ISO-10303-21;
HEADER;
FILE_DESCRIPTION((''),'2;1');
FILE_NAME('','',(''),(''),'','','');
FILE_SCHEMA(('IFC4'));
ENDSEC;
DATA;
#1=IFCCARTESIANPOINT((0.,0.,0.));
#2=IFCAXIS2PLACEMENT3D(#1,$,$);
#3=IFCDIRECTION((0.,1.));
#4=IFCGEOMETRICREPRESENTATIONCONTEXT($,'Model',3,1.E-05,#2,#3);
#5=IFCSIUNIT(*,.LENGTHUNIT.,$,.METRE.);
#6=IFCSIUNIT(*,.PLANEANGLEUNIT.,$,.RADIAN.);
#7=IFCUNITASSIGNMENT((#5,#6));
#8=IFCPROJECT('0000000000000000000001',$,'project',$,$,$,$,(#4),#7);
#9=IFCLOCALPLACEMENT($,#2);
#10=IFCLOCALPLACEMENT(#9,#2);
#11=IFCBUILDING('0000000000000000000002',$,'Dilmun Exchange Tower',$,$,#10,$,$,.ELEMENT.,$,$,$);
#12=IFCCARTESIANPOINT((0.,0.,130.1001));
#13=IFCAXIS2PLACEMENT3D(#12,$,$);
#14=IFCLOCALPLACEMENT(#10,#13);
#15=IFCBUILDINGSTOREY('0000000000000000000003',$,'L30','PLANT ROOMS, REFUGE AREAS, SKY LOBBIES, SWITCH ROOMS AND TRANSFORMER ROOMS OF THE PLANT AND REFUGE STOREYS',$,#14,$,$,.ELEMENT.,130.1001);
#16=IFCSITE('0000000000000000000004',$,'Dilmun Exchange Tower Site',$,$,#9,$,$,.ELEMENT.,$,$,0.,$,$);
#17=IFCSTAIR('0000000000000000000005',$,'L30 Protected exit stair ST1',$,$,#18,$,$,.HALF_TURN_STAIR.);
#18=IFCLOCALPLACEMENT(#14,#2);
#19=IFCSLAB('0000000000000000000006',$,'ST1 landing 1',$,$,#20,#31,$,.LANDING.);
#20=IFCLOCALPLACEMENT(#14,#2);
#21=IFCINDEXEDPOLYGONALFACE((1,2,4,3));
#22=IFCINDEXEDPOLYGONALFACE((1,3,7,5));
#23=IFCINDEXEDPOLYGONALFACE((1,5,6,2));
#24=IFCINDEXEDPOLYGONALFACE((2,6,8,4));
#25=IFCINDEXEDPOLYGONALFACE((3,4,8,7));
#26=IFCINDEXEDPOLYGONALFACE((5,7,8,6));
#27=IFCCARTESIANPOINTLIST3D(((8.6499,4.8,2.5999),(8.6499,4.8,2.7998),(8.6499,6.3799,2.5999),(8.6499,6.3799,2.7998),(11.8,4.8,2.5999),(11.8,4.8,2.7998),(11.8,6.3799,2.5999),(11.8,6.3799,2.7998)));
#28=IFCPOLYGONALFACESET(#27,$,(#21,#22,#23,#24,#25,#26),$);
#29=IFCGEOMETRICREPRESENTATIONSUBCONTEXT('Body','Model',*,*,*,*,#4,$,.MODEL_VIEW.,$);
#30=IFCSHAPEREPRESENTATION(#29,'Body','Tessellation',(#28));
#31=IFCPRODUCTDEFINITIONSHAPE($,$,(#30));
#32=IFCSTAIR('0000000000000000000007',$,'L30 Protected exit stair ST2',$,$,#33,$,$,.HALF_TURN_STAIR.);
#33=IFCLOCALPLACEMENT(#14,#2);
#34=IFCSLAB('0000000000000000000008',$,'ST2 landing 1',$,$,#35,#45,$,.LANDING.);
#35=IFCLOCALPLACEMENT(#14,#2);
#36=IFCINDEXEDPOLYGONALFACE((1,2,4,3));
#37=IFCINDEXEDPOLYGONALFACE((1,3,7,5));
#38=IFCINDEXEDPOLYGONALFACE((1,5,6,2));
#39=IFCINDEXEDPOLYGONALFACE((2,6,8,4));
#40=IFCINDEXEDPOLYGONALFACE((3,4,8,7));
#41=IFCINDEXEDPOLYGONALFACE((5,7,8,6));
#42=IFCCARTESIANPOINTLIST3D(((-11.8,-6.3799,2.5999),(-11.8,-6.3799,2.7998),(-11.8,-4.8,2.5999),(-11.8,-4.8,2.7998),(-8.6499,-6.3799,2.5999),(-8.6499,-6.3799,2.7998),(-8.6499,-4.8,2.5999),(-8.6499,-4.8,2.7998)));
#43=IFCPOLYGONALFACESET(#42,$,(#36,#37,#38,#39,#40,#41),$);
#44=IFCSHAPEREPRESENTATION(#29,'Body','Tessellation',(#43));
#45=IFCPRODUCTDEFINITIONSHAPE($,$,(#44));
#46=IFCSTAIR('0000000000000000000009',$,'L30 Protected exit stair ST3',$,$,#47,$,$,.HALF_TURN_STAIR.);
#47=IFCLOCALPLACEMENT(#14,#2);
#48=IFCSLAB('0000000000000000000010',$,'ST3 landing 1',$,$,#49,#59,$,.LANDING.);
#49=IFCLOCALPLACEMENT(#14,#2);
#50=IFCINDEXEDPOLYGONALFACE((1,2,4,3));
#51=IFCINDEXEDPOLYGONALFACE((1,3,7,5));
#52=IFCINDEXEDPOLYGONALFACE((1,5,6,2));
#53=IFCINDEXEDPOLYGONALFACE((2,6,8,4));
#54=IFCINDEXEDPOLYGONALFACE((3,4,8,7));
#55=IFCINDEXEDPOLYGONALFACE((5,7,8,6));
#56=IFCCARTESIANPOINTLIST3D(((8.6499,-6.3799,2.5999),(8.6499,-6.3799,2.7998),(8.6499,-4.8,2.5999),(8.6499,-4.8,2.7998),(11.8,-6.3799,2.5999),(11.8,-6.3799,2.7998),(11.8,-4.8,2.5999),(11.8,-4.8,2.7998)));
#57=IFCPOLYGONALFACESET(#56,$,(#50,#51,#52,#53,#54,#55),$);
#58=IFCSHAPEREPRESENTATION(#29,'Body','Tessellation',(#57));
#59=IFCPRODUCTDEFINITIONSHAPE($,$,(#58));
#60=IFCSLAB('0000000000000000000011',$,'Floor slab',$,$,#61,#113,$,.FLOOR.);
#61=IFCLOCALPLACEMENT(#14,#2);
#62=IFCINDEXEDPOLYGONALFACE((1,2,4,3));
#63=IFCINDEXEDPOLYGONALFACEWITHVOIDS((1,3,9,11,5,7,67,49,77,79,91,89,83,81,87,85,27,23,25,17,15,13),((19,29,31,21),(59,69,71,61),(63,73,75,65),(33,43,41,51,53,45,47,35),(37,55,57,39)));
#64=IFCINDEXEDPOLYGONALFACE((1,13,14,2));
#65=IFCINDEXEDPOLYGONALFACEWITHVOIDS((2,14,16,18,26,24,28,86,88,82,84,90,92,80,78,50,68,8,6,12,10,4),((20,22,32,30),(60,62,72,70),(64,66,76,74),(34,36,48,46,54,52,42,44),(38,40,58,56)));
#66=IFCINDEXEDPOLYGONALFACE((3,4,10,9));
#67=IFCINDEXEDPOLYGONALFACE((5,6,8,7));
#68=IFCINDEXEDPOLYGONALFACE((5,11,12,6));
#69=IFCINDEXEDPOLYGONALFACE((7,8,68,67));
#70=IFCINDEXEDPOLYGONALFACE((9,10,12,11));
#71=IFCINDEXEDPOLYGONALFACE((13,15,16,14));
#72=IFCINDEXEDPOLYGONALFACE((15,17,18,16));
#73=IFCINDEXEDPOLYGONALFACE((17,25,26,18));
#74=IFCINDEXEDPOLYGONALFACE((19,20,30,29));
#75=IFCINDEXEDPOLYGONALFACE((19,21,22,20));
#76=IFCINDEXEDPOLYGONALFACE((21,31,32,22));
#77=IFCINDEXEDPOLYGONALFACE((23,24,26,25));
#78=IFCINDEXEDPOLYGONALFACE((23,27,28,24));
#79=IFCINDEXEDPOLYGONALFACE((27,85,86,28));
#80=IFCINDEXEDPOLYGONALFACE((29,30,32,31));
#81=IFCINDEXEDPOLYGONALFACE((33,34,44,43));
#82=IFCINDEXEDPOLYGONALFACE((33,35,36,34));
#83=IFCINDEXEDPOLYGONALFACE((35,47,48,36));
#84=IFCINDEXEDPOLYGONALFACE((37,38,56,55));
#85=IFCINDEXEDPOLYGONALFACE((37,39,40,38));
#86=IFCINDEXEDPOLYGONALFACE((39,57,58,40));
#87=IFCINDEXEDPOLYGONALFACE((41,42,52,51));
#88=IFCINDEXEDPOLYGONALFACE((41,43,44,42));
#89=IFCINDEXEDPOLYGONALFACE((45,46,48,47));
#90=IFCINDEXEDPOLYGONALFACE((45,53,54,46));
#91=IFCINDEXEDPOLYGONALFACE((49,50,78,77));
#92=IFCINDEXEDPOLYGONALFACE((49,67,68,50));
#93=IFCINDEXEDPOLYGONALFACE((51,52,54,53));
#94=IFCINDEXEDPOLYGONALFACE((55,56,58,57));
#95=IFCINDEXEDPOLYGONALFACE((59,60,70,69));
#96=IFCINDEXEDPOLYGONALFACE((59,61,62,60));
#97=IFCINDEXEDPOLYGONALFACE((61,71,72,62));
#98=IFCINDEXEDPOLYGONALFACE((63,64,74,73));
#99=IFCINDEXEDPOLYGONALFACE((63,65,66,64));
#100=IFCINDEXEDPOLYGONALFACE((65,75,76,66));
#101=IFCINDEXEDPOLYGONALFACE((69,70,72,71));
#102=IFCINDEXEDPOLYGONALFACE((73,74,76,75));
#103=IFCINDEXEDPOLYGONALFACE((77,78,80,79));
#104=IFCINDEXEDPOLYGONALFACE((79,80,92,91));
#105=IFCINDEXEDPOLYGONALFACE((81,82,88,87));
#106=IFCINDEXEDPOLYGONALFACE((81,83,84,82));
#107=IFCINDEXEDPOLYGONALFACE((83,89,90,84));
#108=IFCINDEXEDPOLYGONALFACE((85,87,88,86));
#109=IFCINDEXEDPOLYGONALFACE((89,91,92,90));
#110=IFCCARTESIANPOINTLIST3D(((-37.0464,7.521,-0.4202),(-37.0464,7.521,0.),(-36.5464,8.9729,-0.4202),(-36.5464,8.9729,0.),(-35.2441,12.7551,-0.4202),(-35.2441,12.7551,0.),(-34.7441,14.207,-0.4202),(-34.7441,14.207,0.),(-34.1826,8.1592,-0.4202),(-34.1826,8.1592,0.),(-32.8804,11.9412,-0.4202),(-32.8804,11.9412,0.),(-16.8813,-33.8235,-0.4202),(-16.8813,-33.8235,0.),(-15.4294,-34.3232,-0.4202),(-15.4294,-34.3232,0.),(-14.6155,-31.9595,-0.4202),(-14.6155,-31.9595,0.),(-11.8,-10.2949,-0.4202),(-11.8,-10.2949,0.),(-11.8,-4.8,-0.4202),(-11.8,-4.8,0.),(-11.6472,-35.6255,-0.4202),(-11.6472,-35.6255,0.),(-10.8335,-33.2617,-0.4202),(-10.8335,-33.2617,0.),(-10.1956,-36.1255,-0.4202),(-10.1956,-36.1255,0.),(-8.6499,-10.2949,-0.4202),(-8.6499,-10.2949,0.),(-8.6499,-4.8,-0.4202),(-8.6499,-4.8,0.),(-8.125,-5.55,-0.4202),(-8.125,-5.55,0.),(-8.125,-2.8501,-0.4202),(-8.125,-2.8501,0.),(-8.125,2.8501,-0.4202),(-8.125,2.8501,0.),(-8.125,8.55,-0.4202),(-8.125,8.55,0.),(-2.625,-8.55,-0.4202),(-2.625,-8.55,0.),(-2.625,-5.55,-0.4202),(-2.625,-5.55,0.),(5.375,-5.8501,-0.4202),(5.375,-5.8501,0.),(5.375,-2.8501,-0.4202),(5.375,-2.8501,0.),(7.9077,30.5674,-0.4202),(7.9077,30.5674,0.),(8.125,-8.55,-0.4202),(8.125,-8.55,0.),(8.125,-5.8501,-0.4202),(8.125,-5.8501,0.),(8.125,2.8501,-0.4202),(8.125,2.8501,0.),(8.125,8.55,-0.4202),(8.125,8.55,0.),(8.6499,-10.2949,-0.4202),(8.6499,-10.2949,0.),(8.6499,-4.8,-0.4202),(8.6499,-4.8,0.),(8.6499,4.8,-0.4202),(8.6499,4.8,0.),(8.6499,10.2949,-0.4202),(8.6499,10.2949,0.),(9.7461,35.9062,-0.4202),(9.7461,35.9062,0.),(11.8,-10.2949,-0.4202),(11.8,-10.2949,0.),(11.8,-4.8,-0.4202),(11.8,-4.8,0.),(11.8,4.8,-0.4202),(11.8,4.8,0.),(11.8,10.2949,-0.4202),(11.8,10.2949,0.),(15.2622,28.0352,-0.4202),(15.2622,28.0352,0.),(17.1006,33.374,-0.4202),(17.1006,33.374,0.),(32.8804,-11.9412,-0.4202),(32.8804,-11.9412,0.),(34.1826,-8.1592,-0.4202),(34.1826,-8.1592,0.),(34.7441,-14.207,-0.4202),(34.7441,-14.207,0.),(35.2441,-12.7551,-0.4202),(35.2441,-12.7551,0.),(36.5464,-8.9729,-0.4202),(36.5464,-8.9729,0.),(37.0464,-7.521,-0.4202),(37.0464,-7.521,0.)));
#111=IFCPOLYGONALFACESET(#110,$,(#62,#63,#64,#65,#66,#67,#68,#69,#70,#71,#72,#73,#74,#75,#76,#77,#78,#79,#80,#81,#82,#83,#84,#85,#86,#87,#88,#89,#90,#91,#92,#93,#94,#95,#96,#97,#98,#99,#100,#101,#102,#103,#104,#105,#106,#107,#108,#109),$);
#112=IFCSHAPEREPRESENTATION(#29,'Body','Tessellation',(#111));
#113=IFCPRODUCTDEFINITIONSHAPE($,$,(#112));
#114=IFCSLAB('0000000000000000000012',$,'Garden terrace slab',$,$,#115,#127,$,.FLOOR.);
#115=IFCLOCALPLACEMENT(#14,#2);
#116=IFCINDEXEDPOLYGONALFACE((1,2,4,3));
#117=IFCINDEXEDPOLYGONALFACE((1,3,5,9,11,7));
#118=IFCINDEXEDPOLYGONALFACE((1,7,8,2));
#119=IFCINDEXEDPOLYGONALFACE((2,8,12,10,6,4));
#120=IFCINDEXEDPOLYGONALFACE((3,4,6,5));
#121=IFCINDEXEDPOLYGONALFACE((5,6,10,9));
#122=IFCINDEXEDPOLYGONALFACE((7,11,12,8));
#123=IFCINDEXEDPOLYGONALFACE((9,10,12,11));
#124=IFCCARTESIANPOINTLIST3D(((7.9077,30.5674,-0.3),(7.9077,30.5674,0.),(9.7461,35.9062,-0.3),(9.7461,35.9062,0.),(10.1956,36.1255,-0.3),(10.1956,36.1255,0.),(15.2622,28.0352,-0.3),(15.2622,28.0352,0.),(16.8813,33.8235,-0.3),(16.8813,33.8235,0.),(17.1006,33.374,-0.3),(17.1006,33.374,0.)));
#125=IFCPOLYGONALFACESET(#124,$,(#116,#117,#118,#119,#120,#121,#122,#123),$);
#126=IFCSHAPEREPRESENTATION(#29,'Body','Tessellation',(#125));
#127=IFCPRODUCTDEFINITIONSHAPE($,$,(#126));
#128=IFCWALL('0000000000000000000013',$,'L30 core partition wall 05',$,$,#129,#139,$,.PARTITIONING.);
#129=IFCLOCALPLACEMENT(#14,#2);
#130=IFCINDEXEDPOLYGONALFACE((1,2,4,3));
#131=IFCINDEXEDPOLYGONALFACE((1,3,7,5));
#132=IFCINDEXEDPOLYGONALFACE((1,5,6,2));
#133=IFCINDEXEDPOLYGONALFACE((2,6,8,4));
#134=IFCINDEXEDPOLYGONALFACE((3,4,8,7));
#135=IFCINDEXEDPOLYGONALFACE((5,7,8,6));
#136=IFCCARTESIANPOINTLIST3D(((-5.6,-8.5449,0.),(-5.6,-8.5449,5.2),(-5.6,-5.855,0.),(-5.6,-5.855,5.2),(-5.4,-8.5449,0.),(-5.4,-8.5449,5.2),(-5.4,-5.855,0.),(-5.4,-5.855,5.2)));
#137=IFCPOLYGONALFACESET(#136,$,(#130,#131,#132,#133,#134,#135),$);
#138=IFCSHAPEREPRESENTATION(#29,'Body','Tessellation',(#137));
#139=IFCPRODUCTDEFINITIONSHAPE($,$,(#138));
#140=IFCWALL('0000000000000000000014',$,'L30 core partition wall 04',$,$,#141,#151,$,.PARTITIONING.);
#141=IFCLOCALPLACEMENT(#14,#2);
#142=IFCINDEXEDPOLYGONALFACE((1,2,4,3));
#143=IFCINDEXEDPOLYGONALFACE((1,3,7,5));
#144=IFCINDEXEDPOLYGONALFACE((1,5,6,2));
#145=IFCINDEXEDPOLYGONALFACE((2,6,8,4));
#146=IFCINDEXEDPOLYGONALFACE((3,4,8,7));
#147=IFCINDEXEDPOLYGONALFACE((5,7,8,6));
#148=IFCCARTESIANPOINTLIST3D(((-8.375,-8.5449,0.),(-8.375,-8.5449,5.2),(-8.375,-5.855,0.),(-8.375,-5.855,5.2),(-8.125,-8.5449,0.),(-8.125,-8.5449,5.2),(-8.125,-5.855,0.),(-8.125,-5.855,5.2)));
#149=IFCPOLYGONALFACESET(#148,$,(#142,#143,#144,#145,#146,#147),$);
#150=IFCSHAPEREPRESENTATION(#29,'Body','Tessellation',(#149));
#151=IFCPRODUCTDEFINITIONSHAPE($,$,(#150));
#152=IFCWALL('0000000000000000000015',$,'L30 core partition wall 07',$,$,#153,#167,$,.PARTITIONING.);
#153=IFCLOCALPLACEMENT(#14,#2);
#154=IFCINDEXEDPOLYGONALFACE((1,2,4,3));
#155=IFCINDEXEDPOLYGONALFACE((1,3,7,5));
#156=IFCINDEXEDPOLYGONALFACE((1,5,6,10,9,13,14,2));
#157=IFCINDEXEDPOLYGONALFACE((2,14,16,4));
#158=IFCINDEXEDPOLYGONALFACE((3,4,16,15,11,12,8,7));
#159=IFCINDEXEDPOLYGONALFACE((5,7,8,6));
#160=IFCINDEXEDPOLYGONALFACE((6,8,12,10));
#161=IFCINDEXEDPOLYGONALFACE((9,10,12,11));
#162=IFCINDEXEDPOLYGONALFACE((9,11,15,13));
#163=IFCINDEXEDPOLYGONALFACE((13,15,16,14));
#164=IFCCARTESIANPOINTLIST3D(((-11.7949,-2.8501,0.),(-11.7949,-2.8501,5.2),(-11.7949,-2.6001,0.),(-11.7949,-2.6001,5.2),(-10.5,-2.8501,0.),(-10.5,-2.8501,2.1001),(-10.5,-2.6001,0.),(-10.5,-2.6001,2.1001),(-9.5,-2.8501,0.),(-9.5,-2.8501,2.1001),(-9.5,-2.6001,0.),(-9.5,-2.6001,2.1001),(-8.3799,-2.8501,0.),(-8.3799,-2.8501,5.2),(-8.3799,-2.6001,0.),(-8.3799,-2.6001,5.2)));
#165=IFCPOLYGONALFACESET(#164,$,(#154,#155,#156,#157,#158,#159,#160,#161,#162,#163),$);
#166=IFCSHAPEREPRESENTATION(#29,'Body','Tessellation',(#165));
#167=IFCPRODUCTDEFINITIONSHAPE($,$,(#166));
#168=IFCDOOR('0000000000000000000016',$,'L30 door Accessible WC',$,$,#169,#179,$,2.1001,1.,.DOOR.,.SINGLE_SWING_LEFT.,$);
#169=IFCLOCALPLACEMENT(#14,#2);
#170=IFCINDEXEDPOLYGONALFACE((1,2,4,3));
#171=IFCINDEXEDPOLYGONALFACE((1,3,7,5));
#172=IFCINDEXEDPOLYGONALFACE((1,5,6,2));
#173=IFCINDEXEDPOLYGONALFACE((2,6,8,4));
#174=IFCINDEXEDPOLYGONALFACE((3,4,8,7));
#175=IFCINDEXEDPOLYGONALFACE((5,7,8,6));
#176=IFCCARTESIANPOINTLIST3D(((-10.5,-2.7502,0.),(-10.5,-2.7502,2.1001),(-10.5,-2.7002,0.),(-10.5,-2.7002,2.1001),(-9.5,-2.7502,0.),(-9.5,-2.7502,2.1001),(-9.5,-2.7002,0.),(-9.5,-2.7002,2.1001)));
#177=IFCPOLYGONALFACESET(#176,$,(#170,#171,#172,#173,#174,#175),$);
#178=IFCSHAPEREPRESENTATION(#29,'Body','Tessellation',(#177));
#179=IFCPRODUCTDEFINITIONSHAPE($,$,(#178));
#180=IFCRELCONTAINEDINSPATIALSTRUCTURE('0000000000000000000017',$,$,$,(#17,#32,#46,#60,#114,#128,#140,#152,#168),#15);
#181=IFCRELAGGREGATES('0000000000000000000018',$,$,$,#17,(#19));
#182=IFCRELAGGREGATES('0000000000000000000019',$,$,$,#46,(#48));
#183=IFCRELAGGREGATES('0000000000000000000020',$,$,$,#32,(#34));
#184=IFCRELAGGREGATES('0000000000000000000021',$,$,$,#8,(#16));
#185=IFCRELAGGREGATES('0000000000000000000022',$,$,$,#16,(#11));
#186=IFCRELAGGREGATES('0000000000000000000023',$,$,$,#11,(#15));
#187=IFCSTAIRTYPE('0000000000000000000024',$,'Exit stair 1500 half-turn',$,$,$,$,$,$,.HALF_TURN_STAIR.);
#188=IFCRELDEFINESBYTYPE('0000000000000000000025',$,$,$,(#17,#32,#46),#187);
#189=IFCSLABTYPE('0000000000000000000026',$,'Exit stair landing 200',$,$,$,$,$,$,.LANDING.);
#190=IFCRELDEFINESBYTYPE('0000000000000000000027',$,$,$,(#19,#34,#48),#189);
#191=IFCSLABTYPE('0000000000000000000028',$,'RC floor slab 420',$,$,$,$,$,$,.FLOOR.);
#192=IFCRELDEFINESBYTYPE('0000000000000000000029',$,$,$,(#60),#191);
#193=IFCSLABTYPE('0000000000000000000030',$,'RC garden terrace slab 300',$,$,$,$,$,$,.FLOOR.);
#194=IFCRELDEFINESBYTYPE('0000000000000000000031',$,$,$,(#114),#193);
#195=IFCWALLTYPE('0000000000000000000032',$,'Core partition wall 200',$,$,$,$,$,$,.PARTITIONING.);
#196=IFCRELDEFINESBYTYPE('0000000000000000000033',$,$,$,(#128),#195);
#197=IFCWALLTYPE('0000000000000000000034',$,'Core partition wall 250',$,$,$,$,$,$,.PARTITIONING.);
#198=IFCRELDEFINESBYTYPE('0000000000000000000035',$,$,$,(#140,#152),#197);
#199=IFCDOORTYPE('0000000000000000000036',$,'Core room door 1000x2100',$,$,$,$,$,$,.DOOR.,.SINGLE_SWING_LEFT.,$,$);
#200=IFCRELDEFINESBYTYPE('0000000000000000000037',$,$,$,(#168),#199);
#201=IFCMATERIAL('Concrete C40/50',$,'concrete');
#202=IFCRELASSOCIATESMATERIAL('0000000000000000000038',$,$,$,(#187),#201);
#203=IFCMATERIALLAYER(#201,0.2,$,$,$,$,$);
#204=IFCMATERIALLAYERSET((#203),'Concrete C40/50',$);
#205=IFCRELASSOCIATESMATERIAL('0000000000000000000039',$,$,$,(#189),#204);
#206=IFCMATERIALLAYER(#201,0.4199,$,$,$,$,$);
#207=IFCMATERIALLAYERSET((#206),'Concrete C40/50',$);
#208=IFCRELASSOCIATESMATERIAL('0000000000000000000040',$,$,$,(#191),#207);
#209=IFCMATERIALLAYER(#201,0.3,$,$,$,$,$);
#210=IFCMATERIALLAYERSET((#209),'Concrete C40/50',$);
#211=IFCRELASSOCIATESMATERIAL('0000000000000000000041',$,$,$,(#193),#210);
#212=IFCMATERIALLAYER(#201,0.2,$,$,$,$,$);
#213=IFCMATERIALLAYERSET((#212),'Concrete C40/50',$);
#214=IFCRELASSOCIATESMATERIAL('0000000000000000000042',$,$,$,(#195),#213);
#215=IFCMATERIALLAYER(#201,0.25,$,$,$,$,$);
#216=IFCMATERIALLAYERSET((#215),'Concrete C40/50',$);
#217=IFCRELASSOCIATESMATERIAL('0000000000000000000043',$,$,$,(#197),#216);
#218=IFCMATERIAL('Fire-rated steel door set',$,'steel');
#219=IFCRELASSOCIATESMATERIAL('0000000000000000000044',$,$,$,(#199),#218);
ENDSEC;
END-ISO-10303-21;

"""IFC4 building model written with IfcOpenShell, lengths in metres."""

from ifc_helpers import new_model, si_unit, direction, frame, frame_2d, origin, place, context, subcontext, project, spatial, polyline, rectangle, outline, extrude, material, layer, layer_set, type_object, element, fill, aggregate, save


model = new_model("IFC4")

# Units and contexts
model_context = context("Model", 3, precision=1e-05, world=origin(), true_north=direction((0.0, 1.0)))
body_context = subcontext(model_context, "Body", "Model", "MODEL_VIEW")
ifc_project = project(units=[si_unit("LENGTHUNIT", "METRE"), si_unit("PLANEANGLEUNIT", "RADIAN")], contexts=[model_context])

# Site, building, storey
site_placement = place(None, origin())
site = spatial("IfcSite", under=ifc_project, at=site_placement, Name="Dilmun Exchange Tower Site", CompositionType="ELEMENT", RefElevation=0.0)
building_placement = place(site_placement, origin())
building = spatial("IfcBuilding", under=site, at=building_placement, Name="Dilmun Exchange Tower", CompositionType="ELEMENT")
storey_placement = place(building_placement, frame((0.0, 0.0, 130.1001)))
storey = spatial("IfcBuildingStorey", under=building, at=storey_placement, Name="L30", Description="PLANT ROOMS, REFUGE AREAS, SKY LOBBIES, SWITCH ROOMS AND TRANSFORMER ROOMS OF THE PLANT AND REFUGE STOREYS", CompositionType="ELEMENT", Elevation=130.1001)

# Stairs, slabs
ifc_material_1 = material(Name="Concrete C40/50", Category="concrete")
stair_type = type_object("IfcStairType", Name="Exit stair 1500 half-turn", PredefinedType="HALF_TURN_STAIR", material=ifc_material_1)
stair_1_placement = place(storey_placement, origin())
stair_1 = element("IfcStair", 1, at=stair_1_placement, inside=storey, type_object=stair_type, Name="L30 Protected exit stair ST1", PredefinedType="HALF_TURN_STAIR")
ifc_layer_1 = layer(ifc_material_1, 0.2)
ifc_layer_set_1 = layer_set([ifc_layer_1], Name="Concrete C40/50")
slab_type_1 = type_object("IfcSlabType", Name="Exit stair landing 200", PredefinedType="LANDING", material=ifc_layer_set_1)
slab_1_placement = place(storey_placement, frame((0.0, 0.0, 2.5999)))
slab_1 = element("IfcSlab", 2, at=slab_1_placement, type_object=slab_type_1, Name="ST1 landing 1", PredefinedType="LANDING", context=body_context, shape_type="SweptSolid", body=[
    extrude(outline(polyline([(8.6499, 6.3799), (8.6499, 4.8), (11.8, 4.8), (11.8, 6.3799), (8.6499, 6.3799)])), origin(), (0.0, 0.0, 1.0), 0.2),
])
aggregate(stair_1, [slab_1])
stair_2_placement = place(storey_placement, origin())
stair_2 = element("IfcStair", 3, at=stair_2_placement, inside=storey, type_object=stair_type, Name="L30 Protected exit stair ST2", PredefinedType="HALF_TURN_STAIR")
slab_2_placement = place(storey_placement, frame((0.0, 0.0, 2.5999)))
slab_2 = element("IfcSlab", 4, at=slab_2_placement, type_object=slab_type_1, Name="ST2 landing 1", PredefinedType="LANDING", context=body_context, shape_type="SweptSolid", body=[
    extrude(outline(polyline([(-8.6499, -6.3799), (-8.6499, -4.8), (-11.8, -4.8), (-11.8, -6.3799), (-8.6499, -6.3799)])), origin(), (0.0, 0.0, 1.0), 0.2),
])
stair_3_placement = place(storey_placement, origin())
stair_3 = element("IfcStair", 5, at=stair_3_placement, inside=storey, type_object=stair_type, Name="L30 Protected exit stair ST3", PredefinedType="HALF_TURN_STAIR")
slab_3_placement = place(storey_placement, frame((0.0, 0.0, 2.5999)))
slab_3 = element("IfcSlab", 6, at=slab_3_placement, type_object=slab_type_1, Name="ST3 landing 1", PredefinedType="LANDING", context=body_context, shape_type="SweptSolid", body=[
    extrude(outline(polyline([(11.8, -6.3799), (11.8, -4.8), (8.6499, -4.8), (8.6499, -6.3799), (11.8, -6.3799)])), origin(), (0.0, 0.0, 1.0), 0.2),
])
aggregate(stair_3, [slab_3])

# Slabs
ifc_layer_2 = layer(ifc_material_1, 0.4199)
ifc_layer_set_2 = layer_set([ifc_layer_2], Name="Concrete C40/50")
slab_type_2 = type_object("IfcSlabType", Name="RC floor slab 420", PredefinedType="FLOOR", material=ifc_layer_set_2)
slab_4_placement = place(storey_placement, frame((0.0, 0.0, -0.4202)))
element("IfcSlab", 7, at=slab_4_placement, inside=storey, type_object=slab_type_2, Name="Floor slab", PredefinedType="FLOOR", context=body_context, shape_type="SweptSolid", body=[
    extrude(outline(polyline([(36.5464, -8.9729), (34.1826, -8.1592), (32.8804, -11.9412), (35.2441, -12.7551), (34.7441, -14.207), (-10.1956, -36.1255), (-11.6472, -35.6255), (-10.8335, -33.2617), (-14.6155, -31.9595), (-15.4294, -34.3232), (-16.8813, -33.8235), (-37.0464, 7.521), (-36.5464, 8.9729), (-34.1826, 8.1592), (-32.8804, 11.9412), (-35.2441, 12.7551), (-34.7441, 14.207), (9.7461, 35.9062), (7.9077, 30.5674), (15.2622, 28.0352), (17.1006, 33.374), (37.0464, -7.521), (36.5464, -8.9729)]), holes=[polyline([(-8.6499, -4.8), (-11.8, -4.8), (-11.8, -10.2949), (-8.6499, -10.2949), (-8.6499, -4.8)]), polyline([(11.8, -4.8), (8.6499, -4.8), (8.6499, -10.2949), (11.8, -10.2949), (11.8, -4.8)]), polyline([(-8.125, -2.8501), (-8.125, -5.55), (-2.625, -5.55), (-2.625, -8.55), (8.125, -8.55), (8.125, -5.8501), (5.375, -5.8501), (5.375, -2.8501), (-8.125, -2.8501)]), polyline([(8.125, 8.55), (-8.125, 8.55), (-8.125, 2.8501), (8.125, 2.8501), (8.125, 8.55)]), polyline([(8.6499, 10.2949), (8.6499, 4.8), (11.8, 4.8), (11.8, 10.2949), (8.6499, 10.2949)])]), origin(), (0.0, 0.0, 1.0), 0.4202),
])
ifc_layer_3 = layer(ifc_material_1, 0.3)
ifc_layer_set_3 = layer_set([ifc_layer_3], Name="Concrete C40/50")
slab_type_3 = type_object("IfcSlabType", Name="RC garden terrace slab 300", PredefinedType="FLOOR", material=ifc_layer_set_3)
slab_5_placement = place(storey_placement, frame((0.0, 0.0, -0.3)))
element("IfcSlab", 8, at=slab_5_placement, inside=storey, type_object=slab_type_3, Name="Garden terrace slab", PredefinedType="FLOOR", context=body_context, shape_type="SweptSolid", body=[
    extrude(outline(polyline([(7.9077, 30.5674), (9.7461, 35.9062), (10.1956, 36.1255), (16.8813, 33.8235), (17.1006, 33.374), (15.2622, 28.0352), (7.9077, 30.5674)])), origin(), (0.0, 0.0, 1.0), 0.3),
])

# Walls
ifc_layer_4 = layer(ifc_material_1, 0.2)
ifc_layer_set_4 = layer_set([ifc_layer_4], Name="Concrete C40/50")
wall_type_1 = type_object("IfcWallType", Name="Core partition wall 200", PredefinedType="PARTITIONING", material=ifc_layer_set_4)
wall_1_placement = place(storey_placement, frame((-5.5, -8.5449, 0.0), z_axis=(0.0, 0.0, 1.0), x_axis=(0.0, 1.0, 0.0)))
element("IfcWall", 9, at=wall_1_placement, inside=storey, type_object=wall_type_1, Name="L30 core partition wall 05", PredefinedType="PARTITIONING", context=body_context, shape_type="SweptSolid", body=[
    extrude(rectangle(XDim=2.6899, YDim=0.2, at=frame_2d((1.345, 0.0))), origin(), (0.0, 0.0, 1.0), 5.2),
])
ifc_layer_5 = layer(ifc_material_1, 0.25)
ifc_layer_set_5 = layer_set([ifc_layer_5], Name="Concrete C40/50")
wall_type_2 = type_object("IfcWallType", Name="Core partition wall 250", PredefinedType="PARTITIONING", material=ifc_layer_set_5)
wall_2_placement = place(storey_placement, frame((-8.25, -8.5449, 0.0), z_axis=(0.0, 0.0, 1.0), x_axis=(0.0, 1.0, 0.0)))
element("IfcWall", 10, at=wall_2_placement, inside=storey, type_object=wall_type_2, Name="L30 core partition wall 04", PredefinedType="PARTITIONING", context=body_context, shape_type="SweptSolid", body=[
    extrude(rectangle(XDim=2.6899, YDim=0.25, at=frame_2d((1.345, 0.0))), origin(), (0.0, 0.0, 1.0), 5.2),
])

# Wall, opening, door
wall_3_placement = place(storey_placement, frame((-11.7949, -2.7251, 0.0), z_axis=(0.0, 0.0, 1.0), x_axis=(1.0, 0.0, 0.0)))
wall_3 = element("IfcWall", 11, at=wall_3_placement, inside=storey, type_object=wall_type_2, Name="L30 core partition wall 07", PredefinedType="PARTITIONING", context=body_context, shape_type="SweptSolid", body=[
    extrude(rectangle(XDim=3.415, YDim=0.25, at=frame_2d((1.7075, 0.0))), origin(), (0.0, 0.0, 1.0), 5.2),
])
opening_1_placement = place(wall_3_placement, frame((1.2949, 0.0, 0.0)))
opening_1 = element("IfcOpeningElement", 12, at=opening_1_placement, cuts=wall_3, PredefinedType="OPENING", context=body_context, shape_type="SweptSolid", body=[
    extrude(rectangle(XDim=1.0, YDim=2.1001, at=frame_2d((0.5, 1.05))), frame((0.0, 0.135, 0.0), z_axis=(0.0, -1.0, 0.0), x_axis=(1.0, 0.0, 0.0)), (0.0, 0.0, 1.0), 0.27),
])
ifc_material_2 = material(Name="Fire-rated steel door set", Category="steel")
door_type_1 = type_object("IfcDoorType", Name="Core room door 1000x2100", OperationType="SINGLE_SWING_LEFT", PredefinedType="DOOR", material=ifc_material_2)
door_1_placement = place(opening_1_placement, origin())
door_1 = element("IfcDoor", 13, at=door_1_placement, inside=storey, type_object=door_type_1, Name="L30 door Accessible WC", OperationType="SINGLE_SWING_LEFT", OverallHeight=2.1001, OverallWidth=1.0, PredefinedType="DOOR", context=body_context, shape_type="SweptSolid", body=[
    extrude(rectangle(XDim=1.0, YDim=2.1001, at=frame_2d((0.5, 1.05))), frame((0.0, 0.0249, 0.0), z_axis=(0.0, -1.0, 0.0), x_axis=(1.0, 0.0, 0.0)), (0.0, 0.0, 1.0), 0.05),
])
fill(opening_1, door_1)

aggregate(stair_2, [slab_2])

save(model, "model.ifc")
